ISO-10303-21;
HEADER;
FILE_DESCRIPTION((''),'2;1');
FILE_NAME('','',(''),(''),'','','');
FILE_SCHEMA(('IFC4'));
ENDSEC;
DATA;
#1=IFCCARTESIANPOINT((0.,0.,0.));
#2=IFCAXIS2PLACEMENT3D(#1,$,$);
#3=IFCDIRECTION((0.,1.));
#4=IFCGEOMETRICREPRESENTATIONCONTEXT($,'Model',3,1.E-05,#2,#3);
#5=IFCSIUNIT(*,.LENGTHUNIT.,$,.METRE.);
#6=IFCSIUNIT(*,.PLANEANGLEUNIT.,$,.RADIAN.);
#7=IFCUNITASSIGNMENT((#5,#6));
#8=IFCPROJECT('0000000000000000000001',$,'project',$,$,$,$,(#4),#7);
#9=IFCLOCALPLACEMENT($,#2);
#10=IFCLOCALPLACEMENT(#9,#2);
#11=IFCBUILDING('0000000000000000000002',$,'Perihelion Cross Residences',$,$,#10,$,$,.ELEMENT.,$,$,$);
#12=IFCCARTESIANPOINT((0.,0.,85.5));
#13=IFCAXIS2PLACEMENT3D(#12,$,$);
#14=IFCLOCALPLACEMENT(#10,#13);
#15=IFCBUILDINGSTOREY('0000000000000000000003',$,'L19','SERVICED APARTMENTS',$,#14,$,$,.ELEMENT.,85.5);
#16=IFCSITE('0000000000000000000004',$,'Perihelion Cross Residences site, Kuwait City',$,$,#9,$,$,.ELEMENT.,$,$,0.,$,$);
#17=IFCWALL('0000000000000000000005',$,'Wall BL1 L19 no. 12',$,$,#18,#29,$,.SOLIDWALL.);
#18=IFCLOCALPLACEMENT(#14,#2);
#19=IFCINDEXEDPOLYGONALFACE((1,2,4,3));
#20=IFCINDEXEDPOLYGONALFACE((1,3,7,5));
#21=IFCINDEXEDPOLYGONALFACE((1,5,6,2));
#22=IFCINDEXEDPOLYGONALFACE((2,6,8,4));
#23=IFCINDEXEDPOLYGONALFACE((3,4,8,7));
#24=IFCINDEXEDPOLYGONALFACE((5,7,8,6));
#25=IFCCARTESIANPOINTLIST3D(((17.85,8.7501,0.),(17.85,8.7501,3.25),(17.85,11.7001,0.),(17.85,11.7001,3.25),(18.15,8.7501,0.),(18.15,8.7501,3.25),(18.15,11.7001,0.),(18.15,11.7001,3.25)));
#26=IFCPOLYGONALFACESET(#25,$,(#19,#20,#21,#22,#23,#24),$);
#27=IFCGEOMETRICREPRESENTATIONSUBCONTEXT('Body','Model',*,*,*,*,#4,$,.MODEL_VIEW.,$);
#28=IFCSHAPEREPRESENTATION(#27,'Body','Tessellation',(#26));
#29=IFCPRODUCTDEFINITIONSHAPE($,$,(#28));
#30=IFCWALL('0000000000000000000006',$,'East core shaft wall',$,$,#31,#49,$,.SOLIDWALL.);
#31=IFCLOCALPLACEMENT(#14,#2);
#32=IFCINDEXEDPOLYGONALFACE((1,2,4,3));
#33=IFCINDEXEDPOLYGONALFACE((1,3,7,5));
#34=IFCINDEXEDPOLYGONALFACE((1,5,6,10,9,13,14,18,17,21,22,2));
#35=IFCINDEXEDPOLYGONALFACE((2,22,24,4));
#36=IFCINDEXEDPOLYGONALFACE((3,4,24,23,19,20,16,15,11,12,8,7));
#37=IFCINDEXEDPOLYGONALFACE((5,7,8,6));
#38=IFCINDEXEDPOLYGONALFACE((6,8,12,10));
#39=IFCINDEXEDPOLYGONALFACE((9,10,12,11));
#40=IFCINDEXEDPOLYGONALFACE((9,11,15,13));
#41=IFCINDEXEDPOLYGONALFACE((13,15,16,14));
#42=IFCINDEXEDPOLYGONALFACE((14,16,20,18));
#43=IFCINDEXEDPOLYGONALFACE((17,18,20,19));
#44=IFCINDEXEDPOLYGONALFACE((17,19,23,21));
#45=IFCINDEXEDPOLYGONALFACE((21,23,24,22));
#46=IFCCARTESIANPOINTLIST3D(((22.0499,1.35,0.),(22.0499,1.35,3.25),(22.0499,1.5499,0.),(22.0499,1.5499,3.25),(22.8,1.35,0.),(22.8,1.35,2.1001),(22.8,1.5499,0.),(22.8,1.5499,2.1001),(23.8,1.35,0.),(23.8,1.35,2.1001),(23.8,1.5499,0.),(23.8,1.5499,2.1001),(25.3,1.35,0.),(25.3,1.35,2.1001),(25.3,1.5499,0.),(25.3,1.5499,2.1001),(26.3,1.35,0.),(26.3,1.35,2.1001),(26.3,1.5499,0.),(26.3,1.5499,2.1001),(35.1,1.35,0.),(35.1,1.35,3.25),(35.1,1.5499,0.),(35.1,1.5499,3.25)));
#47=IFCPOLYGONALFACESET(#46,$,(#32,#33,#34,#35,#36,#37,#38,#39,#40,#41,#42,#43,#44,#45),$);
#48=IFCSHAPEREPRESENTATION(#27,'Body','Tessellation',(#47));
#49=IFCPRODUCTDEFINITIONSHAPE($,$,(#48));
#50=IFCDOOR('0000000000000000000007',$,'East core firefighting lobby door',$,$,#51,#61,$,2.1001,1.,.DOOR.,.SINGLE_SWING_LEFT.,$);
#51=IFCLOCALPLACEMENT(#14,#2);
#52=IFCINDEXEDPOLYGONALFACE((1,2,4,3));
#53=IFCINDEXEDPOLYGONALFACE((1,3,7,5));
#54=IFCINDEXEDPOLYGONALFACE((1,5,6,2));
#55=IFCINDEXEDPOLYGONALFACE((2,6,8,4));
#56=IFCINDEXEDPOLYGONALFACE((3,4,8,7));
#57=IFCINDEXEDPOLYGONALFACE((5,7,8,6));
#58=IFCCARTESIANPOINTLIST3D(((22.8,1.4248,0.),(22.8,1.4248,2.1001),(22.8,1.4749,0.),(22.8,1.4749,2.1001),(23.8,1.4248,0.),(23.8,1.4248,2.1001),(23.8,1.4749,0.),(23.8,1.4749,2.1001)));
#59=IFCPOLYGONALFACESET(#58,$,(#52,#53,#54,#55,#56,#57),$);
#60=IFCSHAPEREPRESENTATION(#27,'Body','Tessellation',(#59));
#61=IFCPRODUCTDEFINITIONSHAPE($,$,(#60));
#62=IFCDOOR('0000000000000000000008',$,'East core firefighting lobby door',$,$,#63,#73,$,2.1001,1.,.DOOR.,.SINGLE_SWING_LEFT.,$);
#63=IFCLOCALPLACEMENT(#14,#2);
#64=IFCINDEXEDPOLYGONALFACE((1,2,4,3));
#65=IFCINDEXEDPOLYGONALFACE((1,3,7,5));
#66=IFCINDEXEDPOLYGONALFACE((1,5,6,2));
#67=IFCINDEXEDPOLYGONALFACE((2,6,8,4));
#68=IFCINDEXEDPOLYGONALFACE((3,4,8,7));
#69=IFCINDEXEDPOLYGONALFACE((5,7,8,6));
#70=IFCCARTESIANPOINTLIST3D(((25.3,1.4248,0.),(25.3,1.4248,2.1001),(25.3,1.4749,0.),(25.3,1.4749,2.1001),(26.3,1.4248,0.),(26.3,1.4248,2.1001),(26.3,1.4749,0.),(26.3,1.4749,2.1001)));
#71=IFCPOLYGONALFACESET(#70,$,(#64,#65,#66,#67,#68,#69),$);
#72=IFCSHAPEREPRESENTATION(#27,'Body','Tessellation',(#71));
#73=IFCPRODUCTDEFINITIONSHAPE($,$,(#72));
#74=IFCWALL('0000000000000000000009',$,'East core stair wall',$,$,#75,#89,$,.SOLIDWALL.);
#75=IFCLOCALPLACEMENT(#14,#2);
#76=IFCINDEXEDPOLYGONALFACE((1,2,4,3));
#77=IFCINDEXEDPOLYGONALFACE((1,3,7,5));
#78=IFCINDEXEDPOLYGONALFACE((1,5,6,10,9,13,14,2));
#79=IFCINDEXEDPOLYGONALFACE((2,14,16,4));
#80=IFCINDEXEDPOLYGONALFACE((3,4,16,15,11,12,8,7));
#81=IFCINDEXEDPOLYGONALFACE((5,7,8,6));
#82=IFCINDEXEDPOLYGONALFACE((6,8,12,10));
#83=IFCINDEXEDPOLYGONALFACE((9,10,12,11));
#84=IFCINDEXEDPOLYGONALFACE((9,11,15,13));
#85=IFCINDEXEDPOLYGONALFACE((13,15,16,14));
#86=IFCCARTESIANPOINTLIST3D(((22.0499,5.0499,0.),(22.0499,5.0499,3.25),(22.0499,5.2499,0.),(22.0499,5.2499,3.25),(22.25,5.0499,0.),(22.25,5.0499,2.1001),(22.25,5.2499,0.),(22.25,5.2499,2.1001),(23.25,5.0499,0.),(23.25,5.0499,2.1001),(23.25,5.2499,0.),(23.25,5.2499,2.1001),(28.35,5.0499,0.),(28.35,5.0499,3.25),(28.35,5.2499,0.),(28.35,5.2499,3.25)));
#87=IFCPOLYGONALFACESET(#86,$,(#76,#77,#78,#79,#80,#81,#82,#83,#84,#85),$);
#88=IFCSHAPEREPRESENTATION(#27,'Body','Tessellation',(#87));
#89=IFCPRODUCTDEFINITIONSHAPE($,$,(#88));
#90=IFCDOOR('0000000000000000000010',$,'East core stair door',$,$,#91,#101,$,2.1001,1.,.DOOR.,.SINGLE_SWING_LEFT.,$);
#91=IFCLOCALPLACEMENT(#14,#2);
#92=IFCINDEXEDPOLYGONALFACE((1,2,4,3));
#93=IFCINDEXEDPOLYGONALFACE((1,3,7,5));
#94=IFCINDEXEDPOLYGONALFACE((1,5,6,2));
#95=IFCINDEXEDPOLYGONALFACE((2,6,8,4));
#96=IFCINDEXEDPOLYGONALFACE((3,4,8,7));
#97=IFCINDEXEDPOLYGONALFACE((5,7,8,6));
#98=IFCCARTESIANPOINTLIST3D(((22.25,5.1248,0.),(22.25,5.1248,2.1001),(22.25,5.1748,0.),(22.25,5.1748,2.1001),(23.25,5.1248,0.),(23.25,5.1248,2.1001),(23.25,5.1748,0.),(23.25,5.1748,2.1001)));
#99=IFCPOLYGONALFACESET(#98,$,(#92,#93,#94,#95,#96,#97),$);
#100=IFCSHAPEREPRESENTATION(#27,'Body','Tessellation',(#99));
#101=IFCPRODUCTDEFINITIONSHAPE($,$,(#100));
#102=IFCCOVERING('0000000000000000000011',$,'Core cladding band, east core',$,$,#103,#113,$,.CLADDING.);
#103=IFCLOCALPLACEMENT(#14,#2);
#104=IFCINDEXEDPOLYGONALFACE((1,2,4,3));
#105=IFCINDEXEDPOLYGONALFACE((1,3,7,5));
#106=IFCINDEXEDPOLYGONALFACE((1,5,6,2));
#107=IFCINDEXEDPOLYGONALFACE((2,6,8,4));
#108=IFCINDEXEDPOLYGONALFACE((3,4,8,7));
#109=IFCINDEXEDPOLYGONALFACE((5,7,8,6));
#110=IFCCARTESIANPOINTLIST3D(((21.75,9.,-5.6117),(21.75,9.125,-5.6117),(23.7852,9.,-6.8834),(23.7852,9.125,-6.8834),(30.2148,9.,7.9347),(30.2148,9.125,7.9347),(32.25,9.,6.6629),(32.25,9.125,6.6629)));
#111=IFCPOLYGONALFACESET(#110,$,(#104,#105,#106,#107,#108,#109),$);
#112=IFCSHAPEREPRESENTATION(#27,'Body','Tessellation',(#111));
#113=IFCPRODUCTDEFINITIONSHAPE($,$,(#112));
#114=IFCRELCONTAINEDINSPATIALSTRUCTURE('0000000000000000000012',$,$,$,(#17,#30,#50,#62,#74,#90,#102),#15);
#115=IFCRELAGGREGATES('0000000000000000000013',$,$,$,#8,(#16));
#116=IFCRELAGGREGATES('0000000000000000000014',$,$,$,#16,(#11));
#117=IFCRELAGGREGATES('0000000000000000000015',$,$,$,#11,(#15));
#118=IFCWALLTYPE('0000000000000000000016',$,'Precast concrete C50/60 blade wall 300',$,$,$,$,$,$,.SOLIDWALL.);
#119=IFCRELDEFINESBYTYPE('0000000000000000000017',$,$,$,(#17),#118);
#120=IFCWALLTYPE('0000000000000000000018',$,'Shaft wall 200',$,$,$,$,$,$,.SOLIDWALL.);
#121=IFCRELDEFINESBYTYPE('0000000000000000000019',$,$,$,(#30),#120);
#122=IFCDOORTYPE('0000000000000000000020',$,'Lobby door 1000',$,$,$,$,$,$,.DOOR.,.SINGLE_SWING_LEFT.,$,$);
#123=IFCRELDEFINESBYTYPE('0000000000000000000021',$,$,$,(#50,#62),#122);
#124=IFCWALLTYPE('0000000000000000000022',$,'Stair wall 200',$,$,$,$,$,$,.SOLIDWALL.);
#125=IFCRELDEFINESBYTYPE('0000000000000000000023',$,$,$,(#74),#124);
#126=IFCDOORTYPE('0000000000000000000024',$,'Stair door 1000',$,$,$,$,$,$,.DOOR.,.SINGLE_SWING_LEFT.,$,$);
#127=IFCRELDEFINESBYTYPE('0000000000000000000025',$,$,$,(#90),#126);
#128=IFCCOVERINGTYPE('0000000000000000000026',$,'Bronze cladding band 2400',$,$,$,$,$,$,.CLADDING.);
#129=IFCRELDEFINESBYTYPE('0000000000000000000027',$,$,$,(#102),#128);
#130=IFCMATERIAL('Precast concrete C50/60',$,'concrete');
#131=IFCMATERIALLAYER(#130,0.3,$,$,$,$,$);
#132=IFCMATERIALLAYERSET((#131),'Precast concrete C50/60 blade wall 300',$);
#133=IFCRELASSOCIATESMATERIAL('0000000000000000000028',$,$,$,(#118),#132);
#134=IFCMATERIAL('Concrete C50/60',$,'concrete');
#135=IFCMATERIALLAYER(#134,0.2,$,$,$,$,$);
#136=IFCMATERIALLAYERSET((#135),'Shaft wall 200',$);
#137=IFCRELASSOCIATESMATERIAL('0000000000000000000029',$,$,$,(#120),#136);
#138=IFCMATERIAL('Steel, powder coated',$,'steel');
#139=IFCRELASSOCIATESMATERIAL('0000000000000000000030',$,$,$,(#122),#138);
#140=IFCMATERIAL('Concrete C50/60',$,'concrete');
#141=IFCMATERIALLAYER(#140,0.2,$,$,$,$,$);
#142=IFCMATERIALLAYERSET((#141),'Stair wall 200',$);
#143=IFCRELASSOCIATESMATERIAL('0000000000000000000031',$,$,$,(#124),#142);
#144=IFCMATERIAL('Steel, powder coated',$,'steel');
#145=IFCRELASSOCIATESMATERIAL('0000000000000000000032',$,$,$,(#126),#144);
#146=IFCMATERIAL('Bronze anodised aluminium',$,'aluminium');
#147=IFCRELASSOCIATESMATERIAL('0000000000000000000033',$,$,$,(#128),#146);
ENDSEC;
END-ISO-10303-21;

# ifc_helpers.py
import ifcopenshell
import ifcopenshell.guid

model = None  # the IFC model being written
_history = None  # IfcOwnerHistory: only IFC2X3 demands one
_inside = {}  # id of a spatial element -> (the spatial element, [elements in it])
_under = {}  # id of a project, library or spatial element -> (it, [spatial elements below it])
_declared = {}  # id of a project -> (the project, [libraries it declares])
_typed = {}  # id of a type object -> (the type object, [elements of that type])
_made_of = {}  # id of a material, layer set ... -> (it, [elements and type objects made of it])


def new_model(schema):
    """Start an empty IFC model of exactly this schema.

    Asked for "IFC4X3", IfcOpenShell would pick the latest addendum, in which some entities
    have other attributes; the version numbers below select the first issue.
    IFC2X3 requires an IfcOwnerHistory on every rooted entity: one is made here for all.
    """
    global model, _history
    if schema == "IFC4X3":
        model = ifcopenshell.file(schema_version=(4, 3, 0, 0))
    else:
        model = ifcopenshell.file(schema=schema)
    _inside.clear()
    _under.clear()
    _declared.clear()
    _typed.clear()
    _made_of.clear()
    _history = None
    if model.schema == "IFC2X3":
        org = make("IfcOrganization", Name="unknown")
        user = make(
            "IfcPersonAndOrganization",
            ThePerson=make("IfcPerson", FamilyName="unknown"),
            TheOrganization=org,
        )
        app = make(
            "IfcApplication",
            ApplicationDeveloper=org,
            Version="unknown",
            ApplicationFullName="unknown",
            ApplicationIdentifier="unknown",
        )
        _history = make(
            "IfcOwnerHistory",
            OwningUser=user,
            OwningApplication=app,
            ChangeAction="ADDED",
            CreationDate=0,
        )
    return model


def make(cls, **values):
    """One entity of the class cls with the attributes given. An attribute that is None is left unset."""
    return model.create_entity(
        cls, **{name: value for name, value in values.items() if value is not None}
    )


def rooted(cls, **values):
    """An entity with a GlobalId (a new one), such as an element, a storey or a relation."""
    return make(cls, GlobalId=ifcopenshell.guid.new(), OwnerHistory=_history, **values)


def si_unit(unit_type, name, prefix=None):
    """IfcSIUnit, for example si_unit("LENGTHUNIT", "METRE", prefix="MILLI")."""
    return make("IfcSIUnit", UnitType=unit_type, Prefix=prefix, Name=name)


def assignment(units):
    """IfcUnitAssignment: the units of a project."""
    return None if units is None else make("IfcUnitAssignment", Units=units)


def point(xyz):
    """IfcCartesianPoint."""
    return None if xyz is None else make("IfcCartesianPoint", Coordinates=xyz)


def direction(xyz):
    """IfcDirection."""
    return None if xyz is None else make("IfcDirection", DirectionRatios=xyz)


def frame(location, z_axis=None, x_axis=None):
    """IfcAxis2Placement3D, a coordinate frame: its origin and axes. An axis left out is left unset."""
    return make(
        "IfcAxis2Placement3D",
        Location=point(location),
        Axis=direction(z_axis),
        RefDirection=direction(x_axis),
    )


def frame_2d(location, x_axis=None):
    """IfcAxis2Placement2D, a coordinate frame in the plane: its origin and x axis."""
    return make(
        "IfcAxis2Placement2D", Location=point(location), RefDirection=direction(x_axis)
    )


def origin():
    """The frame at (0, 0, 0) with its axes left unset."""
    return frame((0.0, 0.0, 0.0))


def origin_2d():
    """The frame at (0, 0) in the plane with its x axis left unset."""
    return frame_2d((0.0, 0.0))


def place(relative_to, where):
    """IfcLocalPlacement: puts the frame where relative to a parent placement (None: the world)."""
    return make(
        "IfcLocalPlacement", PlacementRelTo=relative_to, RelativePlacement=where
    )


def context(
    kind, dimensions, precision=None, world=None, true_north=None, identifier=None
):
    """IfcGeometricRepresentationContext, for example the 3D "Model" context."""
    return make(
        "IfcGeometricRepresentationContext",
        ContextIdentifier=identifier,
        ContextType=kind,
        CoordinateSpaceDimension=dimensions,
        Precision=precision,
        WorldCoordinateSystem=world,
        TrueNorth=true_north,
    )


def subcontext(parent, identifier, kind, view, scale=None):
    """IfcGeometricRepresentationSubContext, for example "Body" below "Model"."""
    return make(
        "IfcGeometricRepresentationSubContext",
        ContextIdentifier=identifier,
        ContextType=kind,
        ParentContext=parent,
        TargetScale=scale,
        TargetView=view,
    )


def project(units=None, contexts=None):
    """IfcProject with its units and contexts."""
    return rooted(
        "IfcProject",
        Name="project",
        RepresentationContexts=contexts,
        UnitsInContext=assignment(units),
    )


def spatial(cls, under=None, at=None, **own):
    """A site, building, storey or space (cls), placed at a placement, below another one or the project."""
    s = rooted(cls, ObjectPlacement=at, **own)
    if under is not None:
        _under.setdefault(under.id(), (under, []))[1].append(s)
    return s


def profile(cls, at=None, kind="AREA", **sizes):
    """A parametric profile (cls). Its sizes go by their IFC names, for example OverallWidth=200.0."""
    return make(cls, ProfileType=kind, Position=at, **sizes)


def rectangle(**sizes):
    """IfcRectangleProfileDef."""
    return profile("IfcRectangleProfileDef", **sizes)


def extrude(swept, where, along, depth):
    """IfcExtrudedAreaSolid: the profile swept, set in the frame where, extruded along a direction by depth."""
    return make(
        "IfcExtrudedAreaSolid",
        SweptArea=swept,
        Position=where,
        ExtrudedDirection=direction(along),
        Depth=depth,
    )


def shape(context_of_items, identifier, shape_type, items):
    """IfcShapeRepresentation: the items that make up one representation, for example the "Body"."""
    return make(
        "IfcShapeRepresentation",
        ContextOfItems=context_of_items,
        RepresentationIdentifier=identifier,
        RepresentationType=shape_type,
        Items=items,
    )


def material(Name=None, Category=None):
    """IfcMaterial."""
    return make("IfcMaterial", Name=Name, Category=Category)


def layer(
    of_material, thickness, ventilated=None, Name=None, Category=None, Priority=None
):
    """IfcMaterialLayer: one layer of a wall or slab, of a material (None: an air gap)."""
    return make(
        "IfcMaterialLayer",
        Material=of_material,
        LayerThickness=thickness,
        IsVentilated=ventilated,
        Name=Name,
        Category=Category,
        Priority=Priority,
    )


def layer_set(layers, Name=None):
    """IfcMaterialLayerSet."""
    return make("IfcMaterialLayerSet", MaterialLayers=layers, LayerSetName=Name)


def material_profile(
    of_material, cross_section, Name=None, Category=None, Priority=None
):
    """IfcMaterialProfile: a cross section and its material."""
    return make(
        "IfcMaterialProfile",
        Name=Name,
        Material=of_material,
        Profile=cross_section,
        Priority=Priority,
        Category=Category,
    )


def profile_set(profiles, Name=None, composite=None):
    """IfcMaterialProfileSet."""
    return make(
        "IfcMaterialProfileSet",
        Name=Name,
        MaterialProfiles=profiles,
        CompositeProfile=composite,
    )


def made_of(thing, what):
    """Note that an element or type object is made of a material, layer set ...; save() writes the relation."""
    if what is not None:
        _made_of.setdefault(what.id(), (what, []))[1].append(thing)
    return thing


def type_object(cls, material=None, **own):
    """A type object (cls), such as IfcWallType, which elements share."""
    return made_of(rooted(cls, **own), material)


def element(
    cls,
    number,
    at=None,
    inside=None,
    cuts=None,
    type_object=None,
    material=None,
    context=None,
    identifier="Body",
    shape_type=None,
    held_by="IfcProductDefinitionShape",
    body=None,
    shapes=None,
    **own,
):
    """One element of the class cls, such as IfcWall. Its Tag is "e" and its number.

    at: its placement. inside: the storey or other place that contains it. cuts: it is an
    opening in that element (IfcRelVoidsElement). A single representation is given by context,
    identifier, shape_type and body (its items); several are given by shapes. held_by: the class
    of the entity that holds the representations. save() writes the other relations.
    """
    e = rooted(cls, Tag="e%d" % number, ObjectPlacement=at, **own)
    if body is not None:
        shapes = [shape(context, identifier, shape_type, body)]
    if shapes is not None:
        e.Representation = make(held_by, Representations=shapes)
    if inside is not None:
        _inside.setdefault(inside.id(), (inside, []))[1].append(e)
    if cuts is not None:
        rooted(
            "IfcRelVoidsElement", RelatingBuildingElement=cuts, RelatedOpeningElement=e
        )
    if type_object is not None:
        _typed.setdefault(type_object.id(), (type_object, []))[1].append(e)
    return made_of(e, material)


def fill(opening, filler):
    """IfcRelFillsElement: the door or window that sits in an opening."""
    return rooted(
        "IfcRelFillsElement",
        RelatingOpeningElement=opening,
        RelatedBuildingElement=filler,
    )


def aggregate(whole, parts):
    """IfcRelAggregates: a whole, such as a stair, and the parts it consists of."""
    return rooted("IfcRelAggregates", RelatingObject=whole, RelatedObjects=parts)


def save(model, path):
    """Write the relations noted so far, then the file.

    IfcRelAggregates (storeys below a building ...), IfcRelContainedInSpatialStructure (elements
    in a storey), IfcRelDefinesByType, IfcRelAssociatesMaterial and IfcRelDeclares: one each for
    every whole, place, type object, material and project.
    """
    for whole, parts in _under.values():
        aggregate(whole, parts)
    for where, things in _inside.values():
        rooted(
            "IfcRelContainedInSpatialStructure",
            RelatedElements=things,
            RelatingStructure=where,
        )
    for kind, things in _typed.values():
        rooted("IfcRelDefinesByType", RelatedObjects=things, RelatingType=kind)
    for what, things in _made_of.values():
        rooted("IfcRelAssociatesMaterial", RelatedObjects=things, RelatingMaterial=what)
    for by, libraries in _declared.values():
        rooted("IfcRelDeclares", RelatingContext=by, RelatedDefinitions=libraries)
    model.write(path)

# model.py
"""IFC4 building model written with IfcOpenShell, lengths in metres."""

from ifc_helpers import new_model, si_unit, direction, frame, frame_2d, origin, origin_2d, place, context, subcontext, project, spatial, rectangle, extrude, material, layer, layer_set, material_profile, profile_set, type_object, element, fill, save


model = new_model("IFC4")

# Units and contexts
model_context = context("Model", 3, precision=1e-05, world=origin(), true_north=direction((0.0, 1.0)))
body_context = subcontext(model_context, "Body", "Model", "MODEL_VIEW")
ifc_project = project(units=[si_unit("LENGTHUNIT", "METRE"), si_unit("PLANEANGLEUNIT", "RADIAN")], contexts=[model_context])

# Site, building, storey
site_placement = place(None, origin())
site = spatial("IfcSite", under=ifc_project, at=site_placement, Name="Perihelion Cross Residences site, Kuwait City", CompositionType="ELEMENT", RefElevation=0.0)
building_placement = place(site_placement, origin())
building = spatial("IfcBuilding", under=site, at=building_placement, Name="Perihelion Cross Residences", CompositionType="ELEMENT")
storey_placement = place(building_placement, frame((0.0, 0.0, 85.5)))
storey = spatial("IfcBuildingStorey", under=building, at=storey_placement, Name="L19", Description="SERVICED APARTMENTS", CompositionType="ELEMENT", Elevation=85.5)

# Wall
ifc_material_1 = material(Name="Precast concrete C50/60", Category="concrete")
ifc_layer_1 = layer(ifc_material_1, 0.3)
ifc_layer_set_1 = layer_set([ifc_layer_1], Name="Precast concrete C50/60 blade wall 300")
wall_type_1 = type_object("IfcWallType", Name="Precast concrete C50/60 blade wall 300", PredefinedType="SOLIDWALL", material=ifc_layer_set_1)
wall_1_placement = place(storey_placement, frame((18.0, 8.75, 0.0), z_axis=(0.0, 0.0, 1.0), x_axis=(0.0, 1.0, 0.0)))
element("IfcWall", 1, at=wall_1_placement, inside=storey, type_object=wall_type_1, Name="Wall BL1 L19 no. 12", PredefinedType="SOLIDWALL", context=body_context, shape_type="SweptSolid", body=[
    extrude(rectangle(XDim=2.95, YDim=0.3, at=frame_2d((1.4751, 0.0))), origin(), (0.0, 0.0, 1.0), 3.25),
])

# Wall, openings, doors
ifc_material_2 = material(Name="Concrete C50/60", Category="concrete")
ifc_layer_2 = layer(ifc_material_2, 0.2)
ifc_layer_set_2 = layer_set([ifc_layer_2], Name="Shaft wall 200")
wall_type_2 = type_object("IfcWallType", Name="Shaft wall 200", PredefinedType="SOLIDWALL", material=ifc_layer_set_2)
wall_2_placement = place(storey_placement, frame((22.05, 1.45, 0.0), z_axis=(0.0, 0.0, 1.0), x_axis=(1.0, 0.0, 0.0)))
wall_2 = element("IfcWall", 2, at=wall_2_placement, inside=storey, type_object=wall_type_2, Name="East core shaft wall", PredefinedType="SOLIDWALL", context=body_context, shape_type="SweptSolid", body=[
    extrude(rectangle(XDim=13.05, YDim=0.2, at=frame_2d((6.5249, 0.0))), origin(), (0.0, 0.0, 1.0), 3.25),
])
opening_1_placement = place(wall_2_placement, frame((0.75, 0.0, 0.0)))
opening_1 = element("IfcOpeningElement", 3, at=opening_1_placement, cuts=wall_2, PredefinedType="OPENING", context=body_context, shape_type="SweptSolid", body=[
    extrude(rectangle(XDim=1.0, YDim=2.1001, at=frame_2d((0.5, 1.05))), frame((0.0, 0.1099, 0.0), z_axis=(0.0, -1.0, 0.0), x_axis=(1.0, 0.0, 0.0)), (0.0, 0.0, 1.0), 0.22),
])
opening_2_placement = place(wall_2_placement, frame((3.25, 0.0, 0.0)))
opening_2 = element("IfcOpeningElement", 4, at=opening_2_placement, cuts=wall_2, PredefinedType="OPENING", context=body_context, shape_type="SweptSolid", body=[
    extrude(rectangle(XDim=1.0, YDim=2.1001, at=frame_2d((0.5, 1.05))), frame((0.0, 0.1099, 0.0), z_axis=(0.0, -1.0, 0.0), x_axis=(1.0, 0.0, 0.0)), (0.0, 0.0, 1.0), 0.22),
])
ifc_material_3 = material(Name="Steel, powder coated", Category="steel")
door_type_1 = type_object("IfcDoorType", Name="Lobby door 1000", OperationType="SINGLE_SWING_LEFT", PredefinedType="DOOR", material=ifc_material_3)
door_1_placement = place(opening_1_placement, origin())
door_1 = element("IfcDoor", 5, at=door_1_placement, inside=storey, type_object=door_type_1, Name="East core firefighting lobby door", OperationType="SINGLE_SWING_LEFT", OverallHeight=2.1001, OverallWidth=1.0, PredefinedType="DOOR", context=body_context, shape_type="SweptSolid", body=[
    extrude(rectangle(XDim=1.0, YDim=2.1001, at=frame_2d((0.5, 1.05))), frame((0.0, 0.0249, 0.0), z_axis=(0.0, -1.0, 0.0), x_axis=(1.0, 0.0, 0.0)), (0.0, 0.0, 1.0), 0.05),
])
fill(opening_1, door_1)
door_2_placement = place(opening_2_placement, origin())
door_2 = element("IfcDoor", 6, at=door_2_placement, inside=storey, type_object=door_type_1, Name="East core firefighting lobby door", OperationType="SINGLE_SWING_LEFT", OverallHeight=2.1001, OverallWidth=1.0, PredefinedType="DOOR", context=body_context, shape_type="SweptSolid", body=[
    extrude(rectangle(XDim=1.0, YDim=2.1001, at=frame_2d((0.5, 1.05))), frame((0.0, 0.0249, 0.0), z_axis=(0.0, -1.0, 0.0), x_axis=(1.0, 0.0, 0.0)), (0.0, 0.0, 1.0), 0.05),
])
fill(opening_2, door_2)

# Wall, opening, door
ifc_material_4 = material(Name="Concrete C50/60", Category="concrete")
ifc_layer_3 = layer(ifc_material_4, 0.2)
ifc_layer_set_3 = layer_set([ifc_layer_3], Name="Stair wall 200")
wall_type_3 = type_object("IfcWallType", Name="Stair wall 200", PredefinedType="SOLIDWALL", material=ifc_layer_set_3)
wall_3_placement = place(storey_placement, frame((22.05, 5.1499, 0.0), z_axis=(0.0, 0.0, 1.0), x_axis=(1.0, 0.0, 0.0)))
wall_3 = element("IfcWall", 7, at=wall_3_placement, inside=storey, type_object=wall_type_3, Name="East core stair wall", PredefinedType="SOLIDWALL", context=body_context, shape_type="SweptSolid", body=[
    extrude(rectangle(XDim=6.3, YDim=0.2, at=frame_2d((3.1499, 0.0))), origin(), (0.0, 0.0, 1.0), 3.25),
])
opening_3_placement = place(wall_3_placement, frame((0.2, 0.0, 0.0)))
opening_3 = element("IfcOpeningElement", 8, at=opening_3_placement, cuts=wall_3, PredefinedType="OPENING", context=body_context, shape_type="SweptSolid", body=[
    extrude(rectangle(XDim=1.0, YDim=2.1001, at=frame_2d((0.5, 1.05))), frame((0.0, 0.1099, 0.0), z_axis=(0.0, -1.0, 0.0), x_axis=(1.0, 0.0, 0.0)), (0.0, 0.0, 1.0), 0.22),
])
ifc_material_5 = material(Name="Steel, powder coated", Category="steel")
door_type_2 = type_object("IfcDoorType", Name="Stair door 1000", OperationType="SINGLE_SWING_LEFT", PredefinedType="DOOR", material=ifc_material_5)
door_3_placement = place(opening_3_placement, origin())
door_3 = element("IfcDoor", 9, at=door_3_placement, inside=storey, type_object=door_type_2, Name="East core stair door", OperationType="SINGLE_SWING_LEFT", OverallHeight=2.1001, OverallWidth=1.0, PredefinedType="DOOR", context=body_context, shape_type="SweptSolid", body=[
    extrude(rectangle(XDim=1.0, YDim=2.1001, at=frame_2d((0.5, 1.05))), frame((0.0, 0.0249, 0.0), z_axis=(0.0, -1.0, 0.0), x_axis=(1.0, 0.0, 0.0)), (0.0, 0.0, 1.0), 0.05),
])
fill(opening_3, door_3)

# Covering
ifc_material_6 = material(Name="Bronze anodised aluminium", Category="aluminium")
ifc_material_profile_1 = material_profile(ifc_material_6, rectangle(XDim=0.125, YDim=2.3999, at=origin_2d()), Name="Bronze cladding band 2400")
ifc_profile_set_1 = profile_set([ifc_material_profile_1], Name="Bronze anodised aluminium")
covering_type = type_object("IfcCoveringType", Name="Bronze cladding band 2400", PredefinedType="CLADDING", material=ifc_profile_set_1)
covering_placement = place(storey_placement, frame((22.7676, 9.0625, -6.2476), z_axis=(0.529925, 0.0, 0.848045), x_axis=(0.0, 1.0, 0.0)))
element("IfcCovering", 10, at=covering_placement, inside=storey, type_object=covering_type, Name="Core cladding band, east core", PredefinedType="CLADDING", context=body_context, shape_type="SweptSolid", body=[
    extrude(rectangle(XDim=0.125, YDim=2.3999, at=origin_2d()), origin(), (0.0, 0.0, 1.0), 15.9736),
])

save(model, "model.ifc")
